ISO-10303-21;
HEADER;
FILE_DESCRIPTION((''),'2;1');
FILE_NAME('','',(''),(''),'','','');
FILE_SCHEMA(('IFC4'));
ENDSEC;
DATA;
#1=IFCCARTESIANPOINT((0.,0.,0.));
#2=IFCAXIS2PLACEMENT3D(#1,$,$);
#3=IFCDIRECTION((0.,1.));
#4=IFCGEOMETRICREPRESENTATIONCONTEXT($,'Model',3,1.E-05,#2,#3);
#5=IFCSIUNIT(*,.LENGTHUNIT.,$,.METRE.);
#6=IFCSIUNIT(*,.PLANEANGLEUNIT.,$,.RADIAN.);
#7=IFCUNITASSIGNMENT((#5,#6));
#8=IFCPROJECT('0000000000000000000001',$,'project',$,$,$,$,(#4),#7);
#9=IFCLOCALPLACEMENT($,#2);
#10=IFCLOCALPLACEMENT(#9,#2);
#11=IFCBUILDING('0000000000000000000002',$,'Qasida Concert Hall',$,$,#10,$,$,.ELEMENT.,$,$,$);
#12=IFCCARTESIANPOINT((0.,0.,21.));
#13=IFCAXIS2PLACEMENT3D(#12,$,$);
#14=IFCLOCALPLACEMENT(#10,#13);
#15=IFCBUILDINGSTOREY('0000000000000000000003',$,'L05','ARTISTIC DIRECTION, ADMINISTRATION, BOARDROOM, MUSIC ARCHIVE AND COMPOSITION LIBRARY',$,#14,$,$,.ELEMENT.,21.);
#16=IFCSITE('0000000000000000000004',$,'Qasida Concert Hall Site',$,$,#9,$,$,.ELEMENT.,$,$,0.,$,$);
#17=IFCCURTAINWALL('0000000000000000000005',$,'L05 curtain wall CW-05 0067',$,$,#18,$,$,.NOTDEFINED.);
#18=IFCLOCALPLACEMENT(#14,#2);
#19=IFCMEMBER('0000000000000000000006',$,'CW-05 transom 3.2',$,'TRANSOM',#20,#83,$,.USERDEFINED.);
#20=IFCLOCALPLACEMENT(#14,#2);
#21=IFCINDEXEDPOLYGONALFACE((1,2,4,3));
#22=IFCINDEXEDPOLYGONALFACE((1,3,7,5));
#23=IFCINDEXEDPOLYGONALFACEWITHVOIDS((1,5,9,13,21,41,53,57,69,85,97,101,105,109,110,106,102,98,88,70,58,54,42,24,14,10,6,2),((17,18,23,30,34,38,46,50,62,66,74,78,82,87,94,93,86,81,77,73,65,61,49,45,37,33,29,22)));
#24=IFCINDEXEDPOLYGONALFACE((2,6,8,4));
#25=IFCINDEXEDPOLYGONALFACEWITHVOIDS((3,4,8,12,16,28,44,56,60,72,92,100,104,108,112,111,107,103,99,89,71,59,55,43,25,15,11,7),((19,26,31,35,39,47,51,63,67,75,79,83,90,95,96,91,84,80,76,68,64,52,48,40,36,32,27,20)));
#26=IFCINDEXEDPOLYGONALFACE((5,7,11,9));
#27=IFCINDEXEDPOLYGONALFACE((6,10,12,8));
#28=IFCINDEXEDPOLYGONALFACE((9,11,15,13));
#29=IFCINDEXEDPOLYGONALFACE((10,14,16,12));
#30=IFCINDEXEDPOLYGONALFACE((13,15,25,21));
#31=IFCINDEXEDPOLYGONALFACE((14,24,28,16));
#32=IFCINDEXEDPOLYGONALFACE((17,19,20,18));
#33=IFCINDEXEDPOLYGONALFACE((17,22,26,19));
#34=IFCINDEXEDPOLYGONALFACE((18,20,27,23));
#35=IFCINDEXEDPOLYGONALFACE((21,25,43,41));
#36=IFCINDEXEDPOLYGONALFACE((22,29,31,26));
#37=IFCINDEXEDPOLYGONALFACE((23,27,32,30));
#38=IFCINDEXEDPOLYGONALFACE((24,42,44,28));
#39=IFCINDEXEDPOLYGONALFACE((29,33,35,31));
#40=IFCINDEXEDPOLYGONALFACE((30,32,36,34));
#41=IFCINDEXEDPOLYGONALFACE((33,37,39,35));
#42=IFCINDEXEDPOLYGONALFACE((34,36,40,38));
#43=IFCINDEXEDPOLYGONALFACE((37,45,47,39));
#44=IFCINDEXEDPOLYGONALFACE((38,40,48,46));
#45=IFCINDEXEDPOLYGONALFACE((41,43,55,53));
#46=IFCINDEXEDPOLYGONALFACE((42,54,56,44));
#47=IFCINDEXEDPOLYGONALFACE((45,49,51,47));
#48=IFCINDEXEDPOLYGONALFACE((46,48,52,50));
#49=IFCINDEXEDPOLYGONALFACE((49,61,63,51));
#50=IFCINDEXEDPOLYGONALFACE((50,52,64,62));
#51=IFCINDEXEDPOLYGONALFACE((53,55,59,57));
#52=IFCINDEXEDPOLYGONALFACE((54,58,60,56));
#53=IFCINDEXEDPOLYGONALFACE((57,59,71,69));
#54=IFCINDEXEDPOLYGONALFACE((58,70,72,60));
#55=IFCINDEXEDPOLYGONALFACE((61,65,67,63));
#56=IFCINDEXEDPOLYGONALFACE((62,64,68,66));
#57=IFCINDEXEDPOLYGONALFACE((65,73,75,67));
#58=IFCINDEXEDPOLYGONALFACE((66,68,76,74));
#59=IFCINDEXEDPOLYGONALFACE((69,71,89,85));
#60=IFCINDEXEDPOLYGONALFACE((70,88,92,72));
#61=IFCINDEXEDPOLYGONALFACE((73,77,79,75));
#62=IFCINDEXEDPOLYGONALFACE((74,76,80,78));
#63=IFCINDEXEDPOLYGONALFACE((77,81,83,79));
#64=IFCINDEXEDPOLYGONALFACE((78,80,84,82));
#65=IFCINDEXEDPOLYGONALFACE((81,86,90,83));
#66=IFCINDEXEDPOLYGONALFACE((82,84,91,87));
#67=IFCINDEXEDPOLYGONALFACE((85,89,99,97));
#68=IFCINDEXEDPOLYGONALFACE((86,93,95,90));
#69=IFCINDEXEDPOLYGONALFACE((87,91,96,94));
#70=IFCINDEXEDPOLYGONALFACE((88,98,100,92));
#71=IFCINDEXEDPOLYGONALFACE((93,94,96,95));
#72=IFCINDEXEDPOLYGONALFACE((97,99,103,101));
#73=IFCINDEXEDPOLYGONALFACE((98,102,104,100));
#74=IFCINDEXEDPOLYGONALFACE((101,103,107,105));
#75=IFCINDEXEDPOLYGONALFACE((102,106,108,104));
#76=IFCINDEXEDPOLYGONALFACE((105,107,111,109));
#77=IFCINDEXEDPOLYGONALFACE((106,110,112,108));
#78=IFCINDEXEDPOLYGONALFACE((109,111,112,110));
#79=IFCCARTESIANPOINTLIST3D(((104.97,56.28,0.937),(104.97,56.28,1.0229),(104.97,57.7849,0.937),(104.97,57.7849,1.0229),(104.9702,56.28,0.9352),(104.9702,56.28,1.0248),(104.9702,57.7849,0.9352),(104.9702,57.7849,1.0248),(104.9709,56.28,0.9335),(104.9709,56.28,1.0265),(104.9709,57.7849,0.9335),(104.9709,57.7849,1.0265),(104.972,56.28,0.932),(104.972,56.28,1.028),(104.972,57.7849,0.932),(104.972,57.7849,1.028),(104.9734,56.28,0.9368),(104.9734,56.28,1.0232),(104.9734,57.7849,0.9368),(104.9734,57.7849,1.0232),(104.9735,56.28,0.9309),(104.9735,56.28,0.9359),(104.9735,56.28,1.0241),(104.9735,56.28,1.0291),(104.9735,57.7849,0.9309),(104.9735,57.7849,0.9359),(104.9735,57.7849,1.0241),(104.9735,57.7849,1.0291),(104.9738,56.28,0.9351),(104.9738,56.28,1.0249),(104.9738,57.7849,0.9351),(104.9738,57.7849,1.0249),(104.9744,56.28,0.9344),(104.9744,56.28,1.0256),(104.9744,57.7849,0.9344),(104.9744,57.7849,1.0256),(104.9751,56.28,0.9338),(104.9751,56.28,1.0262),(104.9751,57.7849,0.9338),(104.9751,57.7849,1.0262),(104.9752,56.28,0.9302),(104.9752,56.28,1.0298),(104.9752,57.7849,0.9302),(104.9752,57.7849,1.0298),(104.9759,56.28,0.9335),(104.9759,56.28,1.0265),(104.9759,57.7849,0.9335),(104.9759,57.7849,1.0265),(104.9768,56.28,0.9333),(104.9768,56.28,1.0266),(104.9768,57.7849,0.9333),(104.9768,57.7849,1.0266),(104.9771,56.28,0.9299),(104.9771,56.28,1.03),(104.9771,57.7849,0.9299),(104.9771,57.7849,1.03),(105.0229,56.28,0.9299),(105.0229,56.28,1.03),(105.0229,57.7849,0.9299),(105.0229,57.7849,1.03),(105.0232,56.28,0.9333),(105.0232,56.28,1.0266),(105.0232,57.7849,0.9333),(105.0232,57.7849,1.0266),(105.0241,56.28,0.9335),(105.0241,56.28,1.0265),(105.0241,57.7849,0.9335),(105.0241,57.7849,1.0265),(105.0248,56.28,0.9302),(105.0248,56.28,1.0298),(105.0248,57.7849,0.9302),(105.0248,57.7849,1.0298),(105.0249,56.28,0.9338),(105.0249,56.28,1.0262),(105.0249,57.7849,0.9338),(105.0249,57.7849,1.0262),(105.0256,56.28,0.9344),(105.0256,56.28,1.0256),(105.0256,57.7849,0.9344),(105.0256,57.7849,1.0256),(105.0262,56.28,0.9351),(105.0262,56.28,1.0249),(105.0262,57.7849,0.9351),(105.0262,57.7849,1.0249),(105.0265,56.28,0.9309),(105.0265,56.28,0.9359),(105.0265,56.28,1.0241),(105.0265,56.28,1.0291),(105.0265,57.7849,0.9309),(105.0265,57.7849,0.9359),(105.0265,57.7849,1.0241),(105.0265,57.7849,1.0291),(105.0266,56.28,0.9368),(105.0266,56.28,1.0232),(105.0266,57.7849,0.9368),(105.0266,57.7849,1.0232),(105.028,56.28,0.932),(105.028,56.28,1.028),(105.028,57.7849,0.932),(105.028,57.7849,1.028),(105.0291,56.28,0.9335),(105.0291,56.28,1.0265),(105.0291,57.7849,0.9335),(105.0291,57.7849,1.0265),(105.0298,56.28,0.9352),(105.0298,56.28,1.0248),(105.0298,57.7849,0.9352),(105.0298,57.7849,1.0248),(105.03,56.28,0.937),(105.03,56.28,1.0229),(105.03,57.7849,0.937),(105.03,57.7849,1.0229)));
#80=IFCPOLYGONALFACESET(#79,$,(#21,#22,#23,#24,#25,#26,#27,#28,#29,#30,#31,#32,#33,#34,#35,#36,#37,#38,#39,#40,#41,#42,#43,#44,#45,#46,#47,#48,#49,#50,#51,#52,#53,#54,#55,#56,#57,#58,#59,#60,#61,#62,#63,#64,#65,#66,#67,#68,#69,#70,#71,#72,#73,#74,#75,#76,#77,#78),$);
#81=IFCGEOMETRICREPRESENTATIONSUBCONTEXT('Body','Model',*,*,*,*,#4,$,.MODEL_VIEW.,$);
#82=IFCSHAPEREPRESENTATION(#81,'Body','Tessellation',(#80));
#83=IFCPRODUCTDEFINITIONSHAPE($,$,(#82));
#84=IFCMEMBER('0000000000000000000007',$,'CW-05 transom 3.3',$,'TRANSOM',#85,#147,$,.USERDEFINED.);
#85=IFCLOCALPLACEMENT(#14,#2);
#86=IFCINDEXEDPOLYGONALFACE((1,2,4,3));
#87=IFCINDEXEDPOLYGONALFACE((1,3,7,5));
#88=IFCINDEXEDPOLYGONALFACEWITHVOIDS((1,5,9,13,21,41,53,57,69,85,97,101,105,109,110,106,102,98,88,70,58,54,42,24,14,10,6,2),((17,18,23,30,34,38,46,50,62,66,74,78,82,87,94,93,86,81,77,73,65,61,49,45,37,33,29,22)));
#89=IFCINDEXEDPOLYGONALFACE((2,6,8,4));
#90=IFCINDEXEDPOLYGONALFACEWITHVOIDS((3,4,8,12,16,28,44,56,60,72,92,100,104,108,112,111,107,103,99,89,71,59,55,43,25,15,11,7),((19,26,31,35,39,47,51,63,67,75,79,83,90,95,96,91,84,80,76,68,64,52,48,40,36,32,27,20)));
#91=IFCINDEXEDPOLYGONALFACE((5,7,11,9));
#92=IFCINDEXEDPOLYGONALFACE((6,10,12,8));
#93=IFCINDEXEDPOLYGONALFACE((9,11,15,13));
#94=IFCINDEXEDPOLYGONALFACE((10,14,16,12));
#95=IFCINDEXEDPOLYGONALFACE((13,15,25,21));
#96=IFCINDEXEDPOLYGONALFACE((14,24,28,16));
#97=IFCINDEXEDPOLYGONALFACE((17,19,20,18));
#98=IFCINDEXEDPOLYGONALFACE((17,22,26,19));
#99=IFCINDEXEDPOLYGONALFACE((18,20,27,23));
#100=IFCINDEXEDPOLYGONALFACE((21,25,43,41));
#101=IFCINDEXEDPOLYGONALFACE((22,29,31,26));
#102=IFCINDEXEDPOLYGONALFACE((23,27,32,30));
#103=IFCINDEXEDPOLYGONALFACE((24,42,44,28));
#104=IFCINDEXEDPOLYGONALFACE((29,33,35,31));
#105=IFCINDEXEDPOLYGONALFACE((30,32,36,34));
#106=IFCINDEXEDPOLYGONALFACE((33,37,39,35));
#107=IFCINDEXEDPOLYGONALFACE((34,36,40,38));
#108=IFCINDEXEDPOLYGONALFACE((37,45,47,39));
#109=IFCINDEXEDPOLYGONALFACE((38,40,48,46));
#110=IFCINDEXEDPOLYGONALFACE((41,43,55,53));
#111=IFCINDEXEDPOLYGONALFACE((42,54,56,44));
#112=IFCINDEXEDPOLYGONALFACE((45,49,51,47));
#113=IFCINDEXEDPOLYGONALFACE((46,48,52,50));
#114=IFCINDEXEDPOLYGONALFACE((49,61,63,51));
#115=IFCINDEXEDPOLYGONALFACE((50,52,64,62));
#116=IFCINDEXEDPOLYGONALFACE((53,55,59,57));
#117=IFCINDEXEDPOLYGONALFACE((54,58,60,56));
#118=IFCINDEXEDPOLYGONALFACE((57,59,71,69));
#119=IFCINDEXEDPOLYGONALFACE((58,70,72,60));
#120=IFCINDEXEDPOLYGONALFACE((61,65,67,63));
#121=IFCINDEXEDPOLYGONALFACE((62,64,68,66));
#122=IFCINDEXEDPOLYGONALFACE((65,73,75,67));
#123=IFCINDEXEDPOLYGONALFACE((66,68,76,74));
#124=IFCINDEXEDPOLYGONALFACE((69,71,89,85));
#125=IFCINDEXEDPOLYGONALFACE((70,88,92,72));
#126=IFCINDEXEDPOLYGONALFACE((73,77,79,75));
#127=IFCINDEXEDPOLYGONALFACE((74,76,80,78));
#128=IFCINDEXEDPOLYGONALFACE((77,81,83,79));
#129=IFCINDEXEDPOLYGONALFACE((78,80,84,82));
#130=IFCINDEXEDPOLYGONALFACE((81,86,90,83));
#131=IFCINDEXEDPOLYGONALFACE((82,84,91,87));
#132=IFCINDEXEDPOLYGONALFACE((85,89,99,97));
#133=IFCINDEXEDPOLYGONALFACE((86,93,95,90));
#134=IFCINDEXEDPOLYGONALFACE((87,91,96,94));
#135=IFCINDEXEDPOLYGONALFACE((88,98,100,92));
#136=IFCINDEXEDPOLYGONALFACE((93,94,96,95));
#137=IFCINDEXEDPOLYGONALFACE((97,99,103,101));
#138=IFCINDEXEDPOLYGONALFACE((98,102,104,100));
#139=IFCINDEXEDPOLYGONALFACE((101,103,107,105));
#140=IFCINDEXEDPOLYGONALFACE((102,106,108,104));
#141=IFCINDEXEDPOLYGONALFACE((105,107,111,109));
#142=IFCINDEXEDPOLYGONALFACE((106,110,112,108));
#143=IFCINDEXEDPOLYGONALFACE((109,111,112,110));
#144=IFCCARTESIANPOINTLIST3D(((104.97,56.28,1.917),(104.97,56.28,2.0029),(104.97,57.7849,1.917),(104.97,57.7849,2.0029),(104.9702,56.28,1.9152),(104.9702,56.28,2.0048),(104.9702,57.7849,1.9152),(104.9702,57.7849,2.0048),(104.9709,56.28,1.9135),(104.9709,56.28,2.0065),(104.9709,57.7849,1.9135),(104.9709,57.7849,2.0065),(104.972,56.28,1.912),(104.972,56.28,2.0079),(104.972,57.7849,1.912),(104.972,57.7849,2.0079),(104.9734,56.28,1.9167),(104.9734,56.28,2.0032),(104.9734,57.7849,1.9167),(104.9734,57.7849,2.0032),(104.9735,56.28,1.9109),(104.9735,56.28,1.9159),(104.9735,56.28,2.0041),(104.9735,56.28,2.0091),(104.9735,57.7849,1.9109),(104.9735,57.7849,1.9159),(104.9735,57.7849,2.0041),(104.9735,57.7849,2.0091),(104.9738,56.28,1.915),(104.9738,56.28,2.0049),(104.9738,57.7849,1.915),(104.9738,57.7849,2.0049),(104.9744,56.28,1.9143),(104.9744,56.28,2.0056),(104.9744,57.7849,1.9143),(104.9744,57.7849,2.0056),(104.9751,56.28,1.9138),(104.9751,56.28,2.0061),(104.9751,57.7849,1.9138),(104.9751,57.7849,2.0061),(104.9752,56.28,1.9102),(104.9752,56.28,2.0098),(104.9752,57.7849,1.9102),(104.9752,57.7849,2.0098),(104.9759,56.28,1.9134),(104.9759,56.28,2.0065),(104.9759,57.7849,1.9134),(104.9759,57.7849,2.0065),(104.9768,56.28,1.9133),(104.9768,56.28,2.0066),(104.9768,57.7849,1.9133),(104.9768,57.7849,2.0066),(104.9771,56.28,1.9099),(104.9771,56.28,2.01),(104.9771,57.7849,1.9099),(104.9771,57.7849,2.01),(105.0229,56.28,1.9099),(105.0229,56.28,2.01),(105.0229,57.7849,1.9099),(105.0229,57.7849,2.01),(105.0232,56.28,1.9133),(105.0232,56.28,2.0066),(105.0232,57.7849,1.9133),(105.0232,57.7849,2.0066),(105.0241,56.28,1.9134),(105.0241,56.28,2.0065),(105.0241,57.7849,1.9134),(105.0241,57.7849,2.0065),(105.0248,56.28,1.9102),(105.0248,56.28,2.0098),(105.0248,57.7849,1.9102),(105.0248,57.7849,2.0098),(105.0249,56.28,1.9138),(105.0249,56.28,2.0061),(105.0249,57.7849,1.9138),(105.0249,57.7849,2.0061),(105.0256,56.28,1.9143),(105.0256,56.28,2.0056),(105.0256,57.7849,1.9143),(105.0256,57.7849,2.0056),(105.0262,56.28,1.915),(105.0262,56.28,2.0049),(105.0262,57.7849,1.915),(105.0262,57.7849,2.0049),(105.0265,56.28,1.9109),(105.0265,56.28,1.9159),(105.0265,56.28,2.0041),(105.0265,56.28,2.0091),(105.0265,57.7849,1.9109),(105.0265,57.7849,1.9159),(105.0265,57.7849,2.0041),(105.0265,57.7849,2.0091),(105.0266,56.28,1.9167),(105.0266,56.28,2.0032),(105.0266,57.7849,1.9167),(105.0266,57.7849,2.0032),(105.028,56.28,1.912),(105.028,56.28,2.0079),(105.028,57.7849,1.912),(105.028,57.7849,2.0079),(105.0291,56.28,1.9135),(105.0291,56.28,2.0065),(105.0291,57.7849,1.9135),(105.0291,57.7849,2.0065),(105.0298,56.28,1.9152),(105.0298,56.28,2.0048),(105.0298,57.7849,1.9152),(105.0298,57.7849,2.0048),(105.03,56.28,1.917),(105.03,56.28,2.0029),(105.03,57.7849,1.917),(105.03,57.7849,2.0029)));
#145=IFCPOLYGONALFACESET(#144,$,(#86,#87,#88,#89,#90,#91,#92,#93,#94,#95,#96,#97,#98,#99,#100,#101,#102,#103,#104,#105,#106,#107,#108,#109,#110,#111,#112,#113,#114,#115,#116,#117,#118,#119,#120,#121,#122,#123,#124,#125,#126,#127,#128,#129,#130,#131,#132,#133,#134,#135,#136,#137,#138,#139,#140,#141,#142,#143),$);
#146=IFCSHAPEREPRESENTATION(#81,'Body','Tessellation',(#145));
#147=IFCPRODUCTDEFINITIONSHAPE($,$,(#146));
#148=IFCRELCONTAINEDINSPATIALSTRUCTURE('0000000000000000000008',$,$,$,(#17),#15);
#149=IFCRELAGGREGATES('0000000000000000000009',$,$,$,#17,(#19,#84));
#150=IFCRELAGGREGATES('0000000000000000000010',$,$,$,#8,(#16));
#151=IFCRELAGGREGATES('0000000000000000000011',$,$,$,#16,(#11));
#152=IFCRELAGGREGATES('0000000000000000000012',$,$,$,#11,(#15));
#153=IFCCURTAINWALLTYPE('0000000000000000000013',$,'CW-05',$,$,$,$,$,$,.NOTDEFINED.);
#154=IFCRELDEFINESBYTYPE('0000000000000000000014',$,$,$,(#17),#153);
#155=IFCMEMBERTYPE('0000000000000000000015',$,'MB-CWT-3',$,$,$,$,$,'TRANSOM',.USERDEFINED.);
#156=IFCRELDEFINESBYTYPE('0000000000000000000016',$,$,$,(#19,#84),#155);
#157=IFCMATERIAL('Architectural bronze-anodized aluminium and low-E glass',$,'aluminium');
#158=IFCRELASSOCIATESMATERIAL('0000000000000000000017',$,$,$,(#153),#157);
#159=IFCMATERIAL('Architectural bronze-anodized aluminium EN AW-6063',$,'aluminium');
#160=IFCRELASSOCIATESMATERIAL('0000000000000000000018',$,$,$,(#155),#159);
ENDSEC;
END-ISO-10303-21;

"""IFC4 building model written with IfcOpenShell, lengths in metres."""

from ifc_helpers import new_model, si_unit, direction, frame, origin, origin_2d, place, context, subcontext, project, spatial, hollow_rectangle, extrude, material, material_profile, profile_set, type_object, element, aggregate, save


model = new_model("IFC4")

# Units and contexts
model_context = context("Model", 3, precision=1e-05, world=origin(), true_north=direction((0.0, 1.0)))
body_context = subcontext(model_context, "Body", "Model", "MODEL_VIEW")
ifc_project = project(units=[si_unit("LENGTHUNIT", "METRE"), si_unit("PLANEANGLEUNIT", "RADIAN")], contexts=[model_context])

# Site, building, storey
site_placement = place(None, origin())
site = spatial("IfcSite", under=ifc_project, at=site_placement, Name="Qasida Concert Hall Site", CompositionType="ELEMENT", RefElevation=0.0)
building_placement = place(site_placement, origin())
building = spatial("IfcBuilding", under=site, at=building_placement, Name="Qasida Concert Hall", CompositionType="ELEMENT")
storey_placement = place(building_placement, frame((0.0, 0.0, 21.0)))
storey = spatial("IfcBuildingStorey", under=building, at=storey_placement, Name="L05", Description="ARTISTIC DIRECTION, ADMINISTRATION, BOARDROOM, MUSIC ARCHIVE AND COMPOSITION LIBRARY", CompositionType="ELEMENT", Elevation=21.0)

# Curtain wall, members
ifc_material_1 = material(Name="Architectural bronze-anodized aluminium and low-E glass", Category="aluminium")
curtain_wall_type = type_object("IfcCurtainWallType", Name="CW-05", PredefinedType="NOTDEFINED", material=ifc_material_1)
curtain_wall_placement = place(storey_placement, origin())
curtain_wall = element("IfcCurtainWall", 1, at=curtain_wall_placement, inside=storey, type_object=curtain_wall_type, Name="L05 curtain wall CW-05 0067", PredefinedType="NOTDEFINED")
ifc_material_2 = material(Name="Architectural bronze-anodized aluminium EN AW-6063", Category="aluminium")
ifc_material_profile_1 = material_profile(ifc_material_2, hollow_rectangle(XDim=0.0601, YDim=0.1001, WallThickness=0.0034, InnerFilletRadius=0.0034, OuterFilletRadius=0.0071, at=origin_2d()), Name="CWT 100x60x3.5")
ifc_profile_set_1 = profile_set([ifc_material_profile_1], Name="Architectural bronze-anodized aluminium EN AW-6063")
member_type_1 = type_object("IfcMemberType", Name="MB-CWT-3", ElementType="TRANSOM", PredefinedType="USERDEFINED", material=ifc_profile_set_1)
member_1_placement = place(storey_placement, frame((105.0, 56.28, 0.98), z_axis=(0.0, 1.0, 0.0), x_axis=(-1.0, 0.0, 0.0)))
member_1 = element("IfcMember", 2, at=member_1_placement, type_object=member_type_1, Name="CW-05 transom 3.2", ObjectType="TRANSOM", PredefinedType="USERDEFINED", context=body_context, shape_type="SweptSolid", body=[
    extrude(hollow_rectangle(XDim=0.0601, YDim=0.1001, WallThickness=0.0034, InnerFilletRadius=0.0034, OuterFilletRadius=0.0071, at=origin_2d()), origin(), (0.0, 0.0, 1.0), 1.5049),
])
member_2_placement = place(storey_placement, frame((105.0, 56.28, 1.96), z_axis=(0.0, 1.0, 0.0), x_axis=(-1.0, 0.0, 0.0)))
member_2 = element("IfcMember", 3, at=member_2_placement, type_object=member_type_1, Name="CW-05 transom 3.3", ObjectType="TRANSOM", PredefinedType="USERDEFINED", context=body_context, shape_type="SweptSolid", body=[
    extrude(hollow_rectangle(XDim=0.0601, YDim=0.1001, WallThickness=0.0034, InnerFilletRadius=0.0034, OuterFilletRadius=0.0071, at=origin_2d()), origin(), (0.0, 0.0, 1.0), 1.5049),
])
aggregate(curtain_wall, [member_1, member_2])

save(model, "model.ifc")
